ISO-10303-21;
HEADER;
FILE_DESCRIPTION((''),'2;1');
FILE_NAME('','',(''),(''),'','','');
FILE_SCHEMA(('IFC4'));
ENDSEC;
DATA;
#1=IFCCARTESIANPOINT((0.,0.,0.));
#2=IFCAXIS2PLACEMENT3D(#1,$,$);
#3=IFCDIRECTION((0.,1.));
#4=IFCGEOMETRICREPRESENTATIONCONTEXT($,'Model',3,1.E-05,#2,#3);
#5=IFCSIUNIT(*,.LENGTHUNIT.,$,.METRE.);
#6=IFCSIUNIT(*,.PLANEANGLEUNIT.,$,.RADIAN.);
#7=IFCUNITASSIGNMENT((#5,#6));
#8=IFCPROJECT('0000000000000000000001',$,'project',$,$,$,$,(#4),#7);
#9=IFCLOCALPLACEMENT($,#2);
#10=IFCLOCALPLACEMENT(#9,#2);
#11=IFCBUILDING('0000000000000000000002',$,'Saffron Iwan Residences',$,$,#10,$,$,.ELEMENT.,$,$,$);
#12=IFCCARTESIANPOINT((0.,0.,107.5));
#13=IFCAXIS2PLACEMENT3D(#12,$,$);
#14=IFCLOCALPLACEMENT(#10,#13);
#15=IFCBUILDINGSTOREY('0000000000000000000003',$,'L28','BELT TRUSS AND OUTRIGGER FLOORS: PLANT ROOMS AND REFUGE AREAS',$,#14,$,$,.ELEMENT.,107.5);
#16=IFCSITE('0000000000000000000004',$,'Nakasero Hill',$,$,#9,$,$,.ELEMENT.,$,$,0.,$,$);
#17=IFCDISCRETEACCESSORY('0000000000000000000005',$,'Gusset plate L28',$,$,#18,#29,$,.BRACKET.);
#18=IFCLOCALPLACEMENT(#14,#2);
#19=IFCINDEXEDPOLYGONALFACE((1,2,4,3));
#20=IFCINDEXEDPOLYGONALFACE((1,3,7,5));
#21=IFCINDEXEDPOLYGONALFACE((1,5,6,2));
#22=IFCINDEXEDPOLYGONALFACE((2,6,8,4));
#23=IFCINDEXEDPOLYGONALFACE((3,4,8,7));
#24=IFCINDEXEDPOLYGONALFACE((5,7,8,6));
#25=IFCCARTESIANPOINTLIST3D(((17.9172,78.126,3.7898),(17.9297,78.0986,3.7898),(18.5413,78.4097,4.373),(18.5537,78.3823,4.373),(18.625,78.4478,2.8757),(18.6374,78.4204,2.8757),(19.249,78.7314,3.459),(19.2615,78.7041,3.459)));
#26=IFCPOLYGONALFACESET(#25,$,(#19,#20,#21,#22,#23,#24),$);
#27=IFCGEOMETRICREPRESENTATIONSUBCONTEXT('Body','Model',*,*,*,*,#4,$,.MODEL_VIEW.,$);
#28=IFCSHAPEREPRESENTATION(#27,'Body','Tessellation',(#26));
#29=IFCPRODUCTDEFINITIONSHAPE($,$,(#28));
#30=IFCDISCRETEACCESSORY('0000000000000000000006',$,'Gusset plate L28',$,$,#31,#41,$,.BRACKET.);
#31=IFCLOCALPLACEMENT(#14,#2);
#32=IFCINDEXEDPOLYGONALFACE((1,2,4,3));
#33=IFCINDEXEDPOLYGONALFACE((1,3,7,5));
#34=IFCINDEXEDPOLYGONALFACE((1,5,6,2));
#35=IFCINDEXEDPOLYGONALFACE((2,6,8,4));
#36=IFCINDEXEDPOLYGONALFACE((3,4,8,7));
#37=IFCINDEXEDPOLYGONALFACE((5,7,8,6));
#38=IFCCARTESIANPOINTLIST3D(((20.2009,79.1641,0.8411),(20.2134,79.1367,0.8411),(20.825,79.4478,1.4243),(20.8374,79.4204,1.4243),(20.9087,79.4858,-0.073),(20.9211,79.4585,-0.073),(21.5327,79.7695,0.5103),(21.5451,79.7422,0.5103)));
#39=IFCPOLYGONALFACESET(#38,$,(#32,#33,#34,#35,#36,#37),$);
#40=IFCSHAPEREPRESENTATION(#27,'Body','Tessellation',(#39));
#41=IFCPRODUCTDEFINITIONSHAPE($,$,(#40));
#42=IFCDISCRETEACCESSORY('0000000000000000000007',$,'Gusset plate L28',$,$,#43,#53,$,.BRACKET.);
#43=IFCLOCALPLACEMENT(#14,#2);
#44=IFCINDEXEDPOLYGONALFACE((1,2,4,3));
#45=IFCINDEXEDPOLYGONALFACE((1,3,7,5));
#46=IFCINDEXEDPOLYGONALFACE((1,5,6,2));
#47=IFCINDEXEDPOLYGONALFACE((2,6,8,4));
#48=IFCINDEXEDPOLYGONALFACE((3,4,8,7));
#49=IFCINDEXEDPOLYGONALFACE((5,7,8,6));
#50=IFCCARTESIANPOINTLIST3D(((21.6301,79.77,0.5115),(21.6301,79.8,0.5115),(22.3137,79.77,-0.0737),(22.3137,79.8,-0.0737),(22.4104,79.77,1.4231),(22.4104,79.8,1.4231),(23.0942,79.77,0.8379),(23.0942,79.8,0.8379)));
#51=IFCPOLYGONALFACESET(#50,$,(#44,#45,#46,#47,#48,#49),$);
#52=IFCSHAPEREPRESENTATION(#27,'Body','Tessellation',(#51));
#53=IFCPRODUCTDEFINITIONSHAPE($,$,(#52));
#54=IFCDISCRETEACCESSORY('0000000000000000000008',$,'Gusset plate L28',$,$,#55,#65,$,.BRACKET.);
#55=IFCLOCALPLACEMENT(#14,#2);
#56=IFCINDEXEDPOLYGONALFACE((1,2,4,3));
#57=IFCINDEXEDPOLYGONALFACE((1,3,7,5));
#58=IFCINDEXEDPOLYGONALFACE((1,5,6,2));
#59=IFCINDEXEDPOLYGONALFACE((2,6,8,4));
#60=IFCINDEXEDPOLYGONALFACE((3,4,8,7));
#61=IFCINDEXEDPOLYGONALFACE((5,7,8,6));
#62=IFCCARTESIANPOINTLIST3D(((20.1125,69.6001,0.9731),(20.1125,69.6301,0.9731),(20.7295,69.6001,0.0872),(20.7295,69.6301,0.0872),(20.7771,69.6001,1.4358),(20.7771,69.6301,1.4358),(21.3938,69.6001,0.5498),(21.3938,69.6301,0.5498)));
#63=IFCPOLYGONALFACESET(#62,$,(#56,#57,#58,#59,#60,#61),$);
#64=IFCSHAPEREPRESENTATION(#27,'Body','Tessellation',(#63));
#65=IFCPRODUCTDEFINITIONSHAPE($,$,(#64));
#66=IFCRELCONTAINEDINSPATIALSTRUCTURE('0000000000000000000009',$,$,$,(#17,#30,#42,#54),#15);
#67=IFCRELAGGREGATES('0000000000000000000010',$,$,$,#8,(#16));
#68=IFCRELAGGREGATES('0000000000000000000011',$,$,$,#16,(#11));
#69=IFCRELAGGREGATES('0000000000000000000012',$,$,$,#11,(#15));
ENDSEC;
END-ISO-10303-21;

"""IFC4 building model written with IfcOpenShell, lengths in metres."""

from ifc_helpers import new_model, si_unit, direction, frame, origin, place, context, subcontext, project, spatial, polyline, outline, extrude, element, save


model = new_model("IFC4")

# Units and contexts
model_context = context("Model", 3, precision=1e-05, world=origin(), true_north=direction((0.0, 1.0)))
body_context = subcontext(model_context, "Body", "Model", "MODEL_VIEW")
ifc_project = project(units=[si_unit("LENGTHUNIT", "METRE"), si_unit("PLANEANGLEUNIT", "RADIAN")], contexts=[model_context])

# Site, building, storey
site_placement = place(None, origin())
site = spatial("IfcSite", under=ifc_project, at=site_placement, Name="Nakasero Hill", CompositionType="ELEMENT", RefElevation=0.0)
building_placement = place(site_placement, origin())
building = spatial("IfcBuilding", under=site, at=building_placement, Name="Saffron Iwan Residences", CompositionType="ELEMENT")
storey_placement = place(building_placement, frame((0.0, 0.0, 107.5)))
storey = spatial("IfcBuildingStorey", under=building, at=storey_placement, Name="L28", Description="BELT TRUSS AND OUTRIGGER FLOORS: PLANT ROOMS AND REFUGE AREAS", CompositionType="ELEMENT", Elevation=107.5)

# Discrete accessories
for number, where, z_axis, x_axis, name in (
    (1, (18.5413, 78.4097, 4.373), (-0.413864, 0.910339, 0.000009), (0.589807, 0.26815, -0.761724), "Gusset plate L28"),
    (2, (20.9087, 79.4858, -0.073), (-0.413864, 0.910339, 0.000009), (-0.589807, -0.26815, 0.761724), "Gusset plate L28"),
):
    element("IfcDiscreteAccessory", number, at=place(storey_placement, frame(where, z_axis=z_axis, x_axis=x_axis)), inside=storey, Name=name, PredefinedType="BRACKET", context=body_context, shape_type="SweptSolid", body=[
        extrude(outline(polyline([(0.0, 0.0), (1.2, 0.0), (1.2001, 0.9), (0.0002, 0.9), (0.0, 0.0)])), origin(), (0.0, 0.0, -1.0), 0.03),
    ])
discrete_accessory_1_placement = place(storey_placement, frame((21.6301, 79.8, 0.5115), z_axis=(0.0, 1.0, 0.0), x_axis=(0.650255, 0.0, 0.759716)))
element("IfcDiscreteAccessory", 3, at=discrete_accessory_1_placement, inside=storey, Name="Gusset plate L28", PredefinedType="BRACKET", context=body_context, shape_type="SweptSolid", body=[
    extrude(outline(polyline([(0.0, 0.0), (1.1999, 0.0), (1.2, 0.9001), (-0.0001, 0.8999), (0.0, 0.0)])), origin(), (0.0, 0.0, -1.0), 0.03),
])
discrete_accessory_2_placement = place(storey_placement, frame((21.3938, 69.6001, 0.5498), z_axis=(0.0, -1.0, 0.0), x_axis=(-0.57129, 0.0, 0.820748)))
element("IfcDiscreteAccessory", 4, at=discrete_accessory_2_placement, inside=storey, Name="Gusset plate L28", PredefinedType="BRACKET", context=body_context, shape_type="SweptSolid", body=[
    extrude(outline(polyline([(0.0, 0.0), (1.0795, 0.0), (1.0794, 0.8097), (-0.0002, 0.8095), (0.0, 0.0)])), origin(), (0.0, 0.0, -1.0), 0.03),
])

save(model, "model.ifc")
